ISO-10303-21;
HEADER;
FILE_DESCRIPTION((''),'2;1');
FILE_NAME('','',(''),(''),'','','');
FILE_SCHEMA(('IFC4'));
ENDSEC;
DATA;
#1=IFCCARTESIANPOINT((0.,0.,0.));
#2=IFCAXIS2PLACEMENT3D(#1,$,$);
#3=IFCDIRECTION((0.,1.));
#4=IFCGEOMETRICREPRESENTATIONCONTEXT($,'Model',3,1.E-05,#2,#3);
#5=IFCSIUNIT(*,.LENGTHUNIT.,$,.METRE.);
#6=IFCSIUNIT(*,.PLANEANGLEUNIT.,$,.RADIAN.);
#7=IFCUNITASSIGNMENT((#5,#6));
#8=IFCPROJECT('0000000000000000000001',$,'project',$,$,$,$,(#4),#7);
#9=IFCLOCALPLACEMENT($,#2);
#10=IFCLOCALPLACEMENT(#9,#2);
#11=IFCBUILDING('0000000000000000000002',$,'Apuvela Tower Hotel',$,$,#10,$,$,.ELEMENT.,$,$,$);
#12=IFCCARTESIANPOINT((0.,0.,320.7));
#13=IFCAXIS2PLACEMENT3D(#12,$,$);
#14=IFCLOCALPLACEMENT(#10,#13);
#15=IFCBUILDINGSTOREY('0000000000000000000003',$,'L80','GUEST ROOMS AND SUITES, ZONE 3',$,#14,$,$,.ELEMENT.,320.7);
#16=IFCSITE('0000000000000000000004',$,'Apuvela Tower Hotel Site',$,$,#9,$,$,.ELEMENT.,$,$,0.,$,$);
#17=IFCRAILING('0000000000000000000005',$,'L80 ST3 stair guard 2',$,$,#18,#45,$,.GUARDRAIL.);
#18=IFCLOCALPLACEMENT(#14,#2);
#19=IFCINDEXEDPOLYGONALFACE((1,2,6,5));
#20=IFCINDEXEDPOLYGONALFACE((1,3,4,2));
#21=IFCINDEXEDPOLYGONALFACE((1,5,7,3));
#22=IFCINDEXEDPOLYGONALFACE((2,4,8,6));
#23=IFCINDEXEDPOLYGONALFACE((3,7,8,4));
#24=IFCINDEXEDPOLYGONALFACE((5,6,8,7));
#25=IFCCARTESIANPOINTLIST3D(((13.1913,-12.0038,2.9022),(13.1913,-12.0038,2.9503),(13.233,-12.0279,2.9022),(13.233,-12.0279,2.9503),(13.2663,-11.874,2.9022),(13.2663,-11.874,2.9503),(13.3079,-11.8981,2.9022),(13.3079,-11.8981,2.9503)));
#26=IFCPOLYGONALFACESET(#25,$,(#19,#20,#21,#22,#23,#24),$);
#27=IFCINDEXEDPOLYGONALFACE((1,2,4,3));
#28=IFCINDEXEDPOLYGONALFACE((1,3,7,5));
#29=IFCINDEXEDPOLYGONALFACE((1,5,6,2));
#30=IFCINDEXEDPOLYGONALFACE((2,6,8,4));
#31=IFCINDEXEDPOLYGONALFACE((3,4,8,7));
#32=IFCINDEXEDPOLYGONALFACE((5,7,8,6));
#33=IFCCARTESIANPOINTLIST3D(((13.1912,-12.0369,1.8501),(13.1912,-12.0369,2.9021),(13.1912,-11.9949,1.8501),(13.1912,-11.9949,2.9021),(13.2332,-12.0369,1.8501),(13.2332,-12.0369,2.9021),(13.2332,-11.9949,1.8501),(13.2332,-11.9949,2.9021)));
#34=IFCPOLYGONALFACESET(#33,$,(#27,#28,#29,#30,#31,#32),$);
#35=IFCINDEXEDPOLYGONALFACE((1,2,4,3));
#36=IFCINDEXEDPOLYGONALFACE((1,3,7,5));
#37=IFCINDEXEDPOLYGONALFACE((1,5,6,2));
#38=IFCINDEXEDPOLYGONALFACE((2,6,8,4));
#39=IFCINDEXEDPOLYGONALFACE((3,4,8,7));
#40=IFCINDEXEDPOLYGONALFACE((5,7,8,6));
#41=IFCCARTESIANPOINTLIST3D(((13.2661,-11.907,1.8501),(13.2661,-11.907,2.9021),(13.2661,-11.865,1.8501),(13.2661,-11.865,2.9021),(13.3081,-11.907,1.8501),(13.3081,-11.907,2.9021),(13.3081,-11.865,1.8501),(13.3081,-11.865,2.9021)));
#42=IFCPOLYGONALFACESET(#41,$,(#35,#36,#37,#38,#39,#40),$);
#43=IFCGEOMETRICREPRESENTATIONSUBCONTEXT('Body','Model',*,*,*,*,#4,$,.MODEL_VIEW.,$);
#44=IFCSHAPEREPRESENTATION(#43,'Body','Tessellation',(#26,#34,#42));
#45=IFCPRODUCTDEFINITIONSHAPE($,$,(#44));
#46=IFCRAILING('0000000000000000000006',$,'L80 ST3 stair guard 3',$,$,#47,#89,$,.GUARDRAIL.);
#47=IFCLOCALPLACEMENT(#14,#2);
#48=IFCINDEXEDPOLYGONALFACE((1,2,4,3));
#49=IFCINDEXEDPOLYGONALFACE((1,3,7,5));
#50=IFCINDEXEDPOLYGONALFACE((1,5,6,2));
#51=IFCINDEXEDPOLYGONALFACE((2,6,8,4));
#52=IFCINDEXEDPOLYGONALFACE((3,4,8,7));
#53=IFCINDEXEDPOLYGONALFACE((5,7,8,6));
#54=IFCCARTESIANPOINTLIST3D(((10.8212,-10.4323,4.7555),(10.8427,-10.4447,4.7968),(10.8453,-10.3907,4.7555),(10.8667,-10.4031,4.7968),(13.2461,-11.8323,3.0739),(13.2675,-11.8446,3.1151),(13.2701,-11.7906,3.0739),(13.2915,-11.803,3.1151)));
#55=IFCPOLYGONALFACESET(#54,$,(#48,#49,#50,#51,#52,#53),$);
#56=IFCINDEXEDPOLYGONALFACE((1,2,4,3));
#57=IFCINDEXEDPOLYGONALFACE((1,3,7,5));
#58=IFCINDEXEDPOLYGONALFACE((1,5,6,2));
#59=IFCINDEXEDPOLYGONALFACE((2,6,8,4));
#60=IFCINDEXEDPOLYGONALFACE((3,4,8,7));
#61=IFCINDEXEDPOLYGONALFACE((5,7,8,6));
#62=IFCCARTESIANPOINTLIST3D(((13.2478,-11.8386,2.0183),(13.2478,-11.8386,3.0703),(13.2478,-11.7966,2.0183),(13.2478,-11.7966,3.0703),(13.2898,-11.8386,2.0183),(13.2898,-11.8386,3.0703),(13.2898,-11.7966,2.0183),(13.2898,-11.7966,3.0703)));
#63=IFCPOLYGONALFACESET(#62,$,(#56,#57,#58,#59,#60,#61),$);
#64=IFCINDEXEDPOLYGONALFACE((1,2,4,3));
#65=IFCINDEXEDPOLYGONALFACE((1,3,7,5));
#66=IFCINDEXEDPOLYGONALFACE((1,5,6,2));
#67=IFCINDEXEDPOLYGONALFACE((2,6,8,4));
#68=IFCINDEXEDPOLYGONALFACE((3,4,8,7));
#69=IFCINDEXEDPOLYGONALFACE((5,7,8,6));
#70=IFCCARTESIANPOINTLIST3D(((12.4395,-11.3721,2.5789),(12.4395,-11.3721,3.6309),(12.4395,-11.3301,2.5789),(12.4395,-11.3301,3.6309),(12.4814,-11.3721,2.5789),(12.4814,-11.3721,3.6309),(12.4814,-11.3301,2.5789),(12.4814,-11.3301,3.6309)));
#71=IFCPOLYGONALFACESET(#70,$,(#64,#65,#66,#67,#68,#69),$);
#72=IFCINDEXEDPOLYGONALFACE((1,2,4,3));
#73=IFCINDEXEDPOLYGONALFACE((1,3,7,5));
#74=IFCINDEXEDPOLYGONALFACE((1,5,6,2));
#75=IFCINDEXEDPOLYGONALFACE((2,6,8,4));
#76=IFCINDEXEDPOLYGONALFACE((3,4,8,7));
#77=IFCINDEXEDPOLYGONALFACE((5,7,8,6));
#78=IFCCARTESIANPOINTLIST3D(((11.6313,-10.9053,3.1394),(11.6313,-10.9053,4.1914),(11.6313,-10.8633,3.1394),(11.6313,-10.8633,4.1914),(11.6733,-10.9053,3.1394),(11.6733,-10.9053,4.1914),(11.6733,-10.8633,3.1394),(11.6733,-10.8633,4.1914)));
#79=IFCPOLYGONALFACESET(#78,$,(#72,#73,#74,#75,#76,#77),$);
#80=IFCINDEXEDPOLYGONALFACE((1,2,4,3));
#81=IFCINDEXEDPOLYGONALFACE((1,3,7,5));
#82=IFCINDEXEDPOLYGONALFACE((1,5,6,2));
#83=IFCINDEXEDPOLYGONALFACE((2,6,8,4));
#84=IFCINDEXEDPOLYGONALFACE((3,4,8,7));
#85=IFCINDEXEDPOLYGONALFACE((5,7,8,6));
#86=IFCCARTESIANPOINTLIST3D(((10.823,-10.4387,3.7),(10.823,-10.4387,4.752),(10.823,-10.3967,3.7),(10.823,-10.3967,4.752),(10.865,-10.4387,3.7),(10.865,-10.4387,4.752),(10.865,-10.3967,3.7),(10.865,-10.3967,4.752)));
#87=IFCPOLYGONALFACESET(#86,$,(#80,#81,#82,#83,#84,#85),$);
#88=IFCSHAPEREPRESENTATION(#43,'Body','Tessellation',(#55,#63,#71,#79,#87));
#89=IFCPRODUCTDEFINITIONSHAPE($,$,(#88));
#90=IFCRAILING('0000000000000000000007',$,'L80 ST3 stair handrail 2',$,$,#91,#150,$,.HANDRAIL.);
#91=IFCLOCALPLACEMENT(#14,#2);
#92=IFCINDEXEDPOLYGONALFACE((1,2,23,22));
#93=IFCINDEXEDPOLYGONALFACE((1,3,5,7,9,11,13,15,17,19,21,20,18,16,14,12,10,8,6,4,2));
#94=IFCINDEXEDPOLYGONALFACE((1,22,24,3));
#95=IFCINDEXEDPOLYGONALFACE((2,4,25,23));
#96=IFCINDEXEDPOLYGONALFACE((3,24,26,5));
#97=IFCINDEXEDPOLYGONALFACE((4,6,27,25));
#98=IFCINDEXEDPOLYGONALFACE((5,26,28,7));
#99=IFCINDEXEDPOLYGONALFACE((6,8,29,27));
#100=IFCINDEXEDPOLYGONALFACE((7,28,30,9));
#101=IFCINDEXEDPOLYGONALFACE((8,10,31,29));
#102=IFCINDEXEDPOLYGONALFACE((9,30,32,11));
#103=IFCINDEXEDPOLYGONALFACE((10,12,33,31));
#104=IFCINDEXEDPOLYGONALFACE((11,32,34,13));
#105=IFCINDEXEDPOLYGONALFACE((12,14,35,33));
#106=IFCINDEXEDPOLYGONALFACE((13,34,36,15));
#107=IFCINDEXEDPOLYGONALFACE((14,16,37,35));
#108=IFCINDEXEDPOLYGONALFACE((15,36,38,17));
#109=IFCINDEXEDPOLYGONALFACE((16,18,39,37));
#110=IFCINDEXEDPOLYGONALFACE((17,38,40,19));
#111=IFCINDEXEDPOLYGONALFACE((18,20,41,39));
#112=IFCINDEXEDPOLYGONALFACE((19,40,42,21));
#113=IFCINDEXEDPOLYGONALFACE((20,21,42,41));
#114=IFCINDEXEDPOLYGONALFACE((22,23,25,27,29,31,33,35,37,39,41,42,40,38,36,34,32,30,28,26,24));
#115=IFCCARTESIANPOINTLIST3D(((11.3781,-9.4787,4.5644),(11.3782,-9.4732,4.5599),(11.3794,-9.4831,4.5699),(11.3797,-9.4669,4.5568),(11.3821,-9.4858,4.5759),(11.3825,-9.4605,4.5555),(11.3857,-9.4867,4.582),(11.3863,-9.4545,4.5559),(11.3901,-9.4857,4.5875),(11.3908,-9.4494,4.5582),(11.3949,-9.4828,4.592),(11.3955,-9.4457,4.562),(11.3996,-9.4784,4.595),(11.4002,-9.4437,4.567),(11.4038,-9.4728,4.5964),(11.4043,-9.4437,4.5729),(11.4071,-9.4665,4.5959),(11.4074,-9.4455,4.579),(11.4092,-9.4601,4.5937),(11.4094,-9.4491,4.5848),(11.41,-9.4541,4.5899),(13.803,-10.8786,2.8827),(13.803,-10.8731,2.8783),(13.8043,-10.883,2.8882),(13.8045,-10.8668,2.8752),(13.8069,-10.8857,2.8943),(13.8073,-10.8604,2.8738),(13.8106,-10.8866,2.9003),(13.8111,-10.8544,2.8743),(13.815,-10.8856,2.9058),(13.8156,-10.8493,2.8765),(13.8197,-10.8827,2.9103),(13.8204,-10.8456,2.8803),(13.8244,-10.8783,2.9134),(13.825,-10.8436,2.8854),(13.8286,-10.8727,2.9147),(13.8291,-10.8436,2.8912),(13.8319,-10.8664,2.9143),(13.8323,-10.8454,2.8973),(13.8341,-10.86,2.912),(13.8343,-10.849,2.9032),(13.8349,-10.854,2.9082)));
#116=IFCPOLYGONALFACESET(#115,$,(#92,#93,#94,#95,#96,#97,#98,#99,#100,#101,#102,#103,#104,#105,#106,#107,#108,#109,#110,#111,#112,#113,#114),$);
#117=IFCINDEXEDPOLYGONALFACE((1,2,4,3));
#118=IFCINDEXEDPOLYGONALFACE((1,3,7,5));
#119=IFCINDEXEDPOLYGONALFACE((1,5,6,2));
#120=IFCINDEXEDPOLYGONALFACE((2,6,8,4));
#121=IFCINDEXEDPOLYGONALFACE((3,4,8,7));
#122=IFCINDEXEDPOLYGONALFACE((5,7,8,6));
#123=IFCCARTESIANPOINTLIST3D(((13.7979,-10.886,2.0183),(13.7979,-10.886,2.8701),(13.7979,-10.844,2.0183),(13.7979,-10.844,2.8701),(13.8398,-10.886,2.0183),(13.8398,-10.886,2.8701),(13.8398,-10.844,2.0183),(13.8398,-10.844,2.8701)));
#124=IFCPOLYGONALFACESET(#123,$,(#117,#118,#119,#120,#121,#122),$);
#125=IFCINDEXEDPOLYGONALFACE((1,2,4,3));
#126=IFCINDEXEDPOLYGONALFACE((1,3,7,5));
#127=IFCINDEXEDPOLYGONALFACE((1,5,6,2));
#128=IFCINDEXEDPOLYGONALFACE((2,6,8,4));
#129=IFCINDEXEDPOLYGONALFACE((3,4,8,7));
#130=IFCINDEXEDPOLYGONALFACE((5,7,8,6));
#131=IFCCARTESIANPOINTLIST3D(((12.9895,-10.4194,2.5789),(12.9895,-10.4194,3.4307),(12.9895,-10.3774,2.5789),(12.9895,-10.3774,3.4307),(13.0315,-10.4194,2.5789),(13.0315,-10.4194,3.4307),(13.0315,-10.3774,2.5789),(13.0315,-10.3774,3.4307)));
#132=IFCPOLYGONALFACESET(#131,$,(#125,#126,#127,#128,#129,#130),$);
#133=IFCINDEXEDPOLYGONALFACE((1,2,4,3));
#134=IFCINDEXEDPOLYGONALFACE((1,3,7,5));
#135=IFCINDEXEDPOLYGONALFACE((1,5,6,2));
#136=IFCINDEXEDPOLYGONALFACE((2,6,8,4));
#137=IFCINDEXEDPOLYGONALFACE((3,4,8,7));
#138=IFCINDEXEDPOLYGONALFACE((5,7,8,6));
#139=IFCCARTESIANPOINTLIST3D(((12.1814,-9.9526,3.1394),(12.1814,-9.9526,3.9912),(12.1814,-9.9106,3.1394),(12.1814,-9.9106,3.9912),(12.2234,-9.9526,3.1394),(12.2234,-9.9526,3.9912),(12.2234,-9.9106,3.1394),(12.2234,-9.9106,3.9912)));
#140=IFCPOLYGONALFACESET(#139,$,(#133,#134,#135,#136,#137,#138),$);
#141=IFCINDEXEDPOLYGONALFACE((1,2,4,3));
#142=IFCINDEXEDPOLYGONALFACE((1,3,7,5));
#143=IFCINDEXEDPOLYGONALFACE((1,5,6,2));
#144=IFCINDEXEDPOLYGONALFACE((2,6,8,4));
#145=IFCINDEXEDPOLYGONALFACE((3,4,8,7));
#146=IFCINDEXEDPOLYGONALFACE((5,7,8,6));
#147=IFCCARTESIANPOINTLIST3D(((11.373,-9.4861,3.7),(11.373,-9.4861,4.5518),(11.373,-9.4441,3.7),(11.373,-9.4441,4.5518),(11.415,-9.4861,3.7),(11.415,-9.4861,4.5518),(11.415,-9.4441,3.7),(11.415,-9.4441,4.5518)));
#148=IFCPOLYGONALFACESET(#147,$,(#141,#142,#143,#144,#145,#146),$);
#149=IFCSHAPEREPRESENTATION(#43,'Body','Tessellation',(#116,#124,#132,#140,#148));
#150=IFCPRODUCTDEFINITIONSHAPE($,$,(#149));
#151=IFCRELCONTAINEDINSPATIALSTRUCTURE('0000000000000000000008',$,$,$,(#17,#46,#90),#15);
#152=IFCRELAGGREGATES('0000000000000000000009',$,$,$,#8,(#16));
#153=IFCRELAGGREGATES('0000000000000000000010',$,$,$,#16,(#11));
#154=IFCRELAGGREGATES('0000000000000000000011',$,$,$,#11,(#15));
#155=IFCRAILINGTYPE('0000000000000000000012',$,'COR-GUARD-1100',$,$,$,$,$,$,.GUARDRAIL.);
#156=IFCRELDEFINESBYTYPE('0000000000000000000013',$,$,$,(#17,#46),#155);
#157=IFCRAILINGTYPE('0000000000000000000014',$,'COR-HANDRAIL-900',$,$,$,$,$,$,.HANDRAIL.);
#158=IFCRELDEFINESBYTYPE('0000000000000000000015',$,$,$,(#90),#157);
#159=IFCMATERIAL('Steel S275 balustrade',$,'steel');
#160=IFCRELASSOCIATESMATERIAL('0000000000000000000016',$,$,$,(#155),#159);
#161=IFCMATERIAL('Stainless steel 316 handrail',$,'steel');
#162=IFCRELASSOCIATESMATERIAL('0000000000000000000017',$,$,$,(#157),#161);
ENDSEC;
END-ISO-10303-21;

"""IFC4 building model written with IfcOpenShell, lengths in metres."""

from ifc_helpers import new_model, si_unit, direction, frame, origin, origin_2d, place, context, subcontext, project, spatial, rectangle, circle, extrude, material, type_object, element, save


model = new_model("IFC4")

# Units and contexts
model_context = context("Model", 3, precision=1e-05, world=origin(), true_north=direction((0.0, 1.0)))
body_context = subcontext(model_context, "Body", "Model", "MODEL_VIEW")
ifc_project = project(units=[si_unit("LENGTHUNIT", "METRE"), si_unit("PLANEANGLEUNIT", "RADIAN")], contexts=[model_context])

# Site, building, storey
site_placement = place(None, origin())
site = spatial("IfcSite", under=ifc_project, at=site_placement, Name="Apuvela Tower Hotel Site", CompositionType="ELEMENT", RefElevation=0.0)
building_placement = place(site_placement, origin())
building = spatial("IfcBuilding", under=site, at=building_placement, Name="Apuvela Tower Hotel", CompositionType="ELEMENT")
storey_placement = place(building_placement, frame((0.0, 0.0, 320.7)))
storey = spatial("IfcBuildingStorey", under=building, at=storey_placement, Name="L80", Description="GUEST ROOMS AND SUITES, ZONE 3", CompositionType="ELEMENT", Elevation=320.7)

# Railings
ifc_material_1 = material(Name="Steel S275 balustrade", Category="steel")
railing_type_1 = type_object("IfcRailingType", Name="COR-GUARD-1100", PredefinedType="GUARDRAIL", material=ifc_material_1)
railing_1_placement = place(storey_placement, frame((13.2122, -12.0159, 1.8501)))
element("IfcRailing", 1, at=railing_1_placement, inside=storey, type_object=railing_type_1, Name="L80 ST3 stair guard 2", PredefinedType="GUARDRAIL", context=body_context, shape_type="SweptSolid", body=[
    extrude(rectangle(XDim=0.0481, YDim=0.0481, at=origin_2d()), frame((0.0, 0.0, 1.0762), z_axis=(0.499816, 0.866131, 0.0), x_axis=(-0.866131, 0.499816, 0.0)), (0.0, 0.0, 1.0), 0.1499),
    extrude(rectangle(XDim=0.042, YDim=0.042, at=origin_2d()), origin(), (0.0, 0.0, 1.0), 1.052),
    extrude(rectangle(XDim=0.042, YDim=0.042, at=origin_2d()), frame((0.075, 0.1299, 0.0)), (0.0, 0.0, 1.0), 1.052),
])
railing_2_placement = place(storey_placement, frame((13.2688, -11.8176, 2.0183)))
element("IfcRailing", 2, at=railing_2_placement, inside=storey, type_object=railing_type_1, Name="L80 ST3 stair guard 3", PredefinedType="GUARDRAIL", context=body_context, shape_type="SweptSolid", body=[
    extrude(rectangle(XDim=0.0481, YDim=0.0481, at=origin_2d()), frame((0.0, 0.0, 1.0762), z_axis=(-0.742419, 0.428618, 0.514879), x_axis=(-0.499984, -0.866035, 0.0)), (0.0, 0.0, 1.0), 3.2661),
    extrude(rectangle(XDim=0.042, YDim=0.042, at=origin_2d()), origin(), (0.0, 0.0, 1.0), 1.052),
    extrude(rectangle(XDim=0.042, YDim=0.042, at=origin_2d()), frame((-0.8083, 0.4666, 0.5605)), (0.0, 0.0, 1.0), 1.052),
    extrude(rectangle(XDim=0.042, YDim=0.042, at=origin_2d()), frame((-1.6165, 0.9333, 1.1211)), (0.0, 0.0, 1.0), 1.052),
    extrude(rectangle(XDim=0.042, YDim=0.042, at=origin_2d()), frame((-2.4248, 1.3999, 1.6816)), (0.0, 0.0, 1.0), 1.052),
])
ifc_material_2 = material(Name="Stainless steel 316 handrail", Category="steel")
railing_type_2 = type_object("IfcRailingType", Name="COR-HANDRAIL-900", PredefinedType="HANDRAIL", material=ifc_material_2)
railing_3_placement = place(storey_placement, frame((13.8188, -10.865, 2.0183)))
element("IfcRailing", 3, at=railing_3_placement, inside=storey, type_object=railing_type_2, Name="L80 ST3 stair handrail 2", PredefinedType="HANDRAIL", context=body_context, shape_type="SweptSolid", body=[
    extrude(circle(Radius=0.0239, at=origin_2d()), frame((0.0, 0.0, 0.876), z_axis=(-0.742419, 0.428618, 0.514879), x_axis=(-0.499984, -0.866035, 0.0)), (0.0, 0.0, 1.0), 3.2661),
    extrude(rectangle(XDim=0.042, YDim=0.042, at=origin_2d()), origin(), (0.0, 0.0, 1.0), 0.8518),
    extrude(rectangle(XDim=0.042, YDim=0.042, at=origin_2d()), frame((-0.8083, 0.4666, 0.5605)), (0.0, 0.0, 1.0), 0.8518),
    extrude(rectangle(XDim=0.042, YDim=0.042, at=origin_2d()), frame((-1.6165, 0.9333, 1.1211)), (0.0, 0.0, 1.0), 0.8518),
    extrude(rectangle(XDim=0.042, YDim=0.042, at=origin_2d()), frame((-2.4248, 1.3999, 1.6816)), (0.0, 0.0, 1.0), 0.8518),
])

save(model, "model.ifc")
